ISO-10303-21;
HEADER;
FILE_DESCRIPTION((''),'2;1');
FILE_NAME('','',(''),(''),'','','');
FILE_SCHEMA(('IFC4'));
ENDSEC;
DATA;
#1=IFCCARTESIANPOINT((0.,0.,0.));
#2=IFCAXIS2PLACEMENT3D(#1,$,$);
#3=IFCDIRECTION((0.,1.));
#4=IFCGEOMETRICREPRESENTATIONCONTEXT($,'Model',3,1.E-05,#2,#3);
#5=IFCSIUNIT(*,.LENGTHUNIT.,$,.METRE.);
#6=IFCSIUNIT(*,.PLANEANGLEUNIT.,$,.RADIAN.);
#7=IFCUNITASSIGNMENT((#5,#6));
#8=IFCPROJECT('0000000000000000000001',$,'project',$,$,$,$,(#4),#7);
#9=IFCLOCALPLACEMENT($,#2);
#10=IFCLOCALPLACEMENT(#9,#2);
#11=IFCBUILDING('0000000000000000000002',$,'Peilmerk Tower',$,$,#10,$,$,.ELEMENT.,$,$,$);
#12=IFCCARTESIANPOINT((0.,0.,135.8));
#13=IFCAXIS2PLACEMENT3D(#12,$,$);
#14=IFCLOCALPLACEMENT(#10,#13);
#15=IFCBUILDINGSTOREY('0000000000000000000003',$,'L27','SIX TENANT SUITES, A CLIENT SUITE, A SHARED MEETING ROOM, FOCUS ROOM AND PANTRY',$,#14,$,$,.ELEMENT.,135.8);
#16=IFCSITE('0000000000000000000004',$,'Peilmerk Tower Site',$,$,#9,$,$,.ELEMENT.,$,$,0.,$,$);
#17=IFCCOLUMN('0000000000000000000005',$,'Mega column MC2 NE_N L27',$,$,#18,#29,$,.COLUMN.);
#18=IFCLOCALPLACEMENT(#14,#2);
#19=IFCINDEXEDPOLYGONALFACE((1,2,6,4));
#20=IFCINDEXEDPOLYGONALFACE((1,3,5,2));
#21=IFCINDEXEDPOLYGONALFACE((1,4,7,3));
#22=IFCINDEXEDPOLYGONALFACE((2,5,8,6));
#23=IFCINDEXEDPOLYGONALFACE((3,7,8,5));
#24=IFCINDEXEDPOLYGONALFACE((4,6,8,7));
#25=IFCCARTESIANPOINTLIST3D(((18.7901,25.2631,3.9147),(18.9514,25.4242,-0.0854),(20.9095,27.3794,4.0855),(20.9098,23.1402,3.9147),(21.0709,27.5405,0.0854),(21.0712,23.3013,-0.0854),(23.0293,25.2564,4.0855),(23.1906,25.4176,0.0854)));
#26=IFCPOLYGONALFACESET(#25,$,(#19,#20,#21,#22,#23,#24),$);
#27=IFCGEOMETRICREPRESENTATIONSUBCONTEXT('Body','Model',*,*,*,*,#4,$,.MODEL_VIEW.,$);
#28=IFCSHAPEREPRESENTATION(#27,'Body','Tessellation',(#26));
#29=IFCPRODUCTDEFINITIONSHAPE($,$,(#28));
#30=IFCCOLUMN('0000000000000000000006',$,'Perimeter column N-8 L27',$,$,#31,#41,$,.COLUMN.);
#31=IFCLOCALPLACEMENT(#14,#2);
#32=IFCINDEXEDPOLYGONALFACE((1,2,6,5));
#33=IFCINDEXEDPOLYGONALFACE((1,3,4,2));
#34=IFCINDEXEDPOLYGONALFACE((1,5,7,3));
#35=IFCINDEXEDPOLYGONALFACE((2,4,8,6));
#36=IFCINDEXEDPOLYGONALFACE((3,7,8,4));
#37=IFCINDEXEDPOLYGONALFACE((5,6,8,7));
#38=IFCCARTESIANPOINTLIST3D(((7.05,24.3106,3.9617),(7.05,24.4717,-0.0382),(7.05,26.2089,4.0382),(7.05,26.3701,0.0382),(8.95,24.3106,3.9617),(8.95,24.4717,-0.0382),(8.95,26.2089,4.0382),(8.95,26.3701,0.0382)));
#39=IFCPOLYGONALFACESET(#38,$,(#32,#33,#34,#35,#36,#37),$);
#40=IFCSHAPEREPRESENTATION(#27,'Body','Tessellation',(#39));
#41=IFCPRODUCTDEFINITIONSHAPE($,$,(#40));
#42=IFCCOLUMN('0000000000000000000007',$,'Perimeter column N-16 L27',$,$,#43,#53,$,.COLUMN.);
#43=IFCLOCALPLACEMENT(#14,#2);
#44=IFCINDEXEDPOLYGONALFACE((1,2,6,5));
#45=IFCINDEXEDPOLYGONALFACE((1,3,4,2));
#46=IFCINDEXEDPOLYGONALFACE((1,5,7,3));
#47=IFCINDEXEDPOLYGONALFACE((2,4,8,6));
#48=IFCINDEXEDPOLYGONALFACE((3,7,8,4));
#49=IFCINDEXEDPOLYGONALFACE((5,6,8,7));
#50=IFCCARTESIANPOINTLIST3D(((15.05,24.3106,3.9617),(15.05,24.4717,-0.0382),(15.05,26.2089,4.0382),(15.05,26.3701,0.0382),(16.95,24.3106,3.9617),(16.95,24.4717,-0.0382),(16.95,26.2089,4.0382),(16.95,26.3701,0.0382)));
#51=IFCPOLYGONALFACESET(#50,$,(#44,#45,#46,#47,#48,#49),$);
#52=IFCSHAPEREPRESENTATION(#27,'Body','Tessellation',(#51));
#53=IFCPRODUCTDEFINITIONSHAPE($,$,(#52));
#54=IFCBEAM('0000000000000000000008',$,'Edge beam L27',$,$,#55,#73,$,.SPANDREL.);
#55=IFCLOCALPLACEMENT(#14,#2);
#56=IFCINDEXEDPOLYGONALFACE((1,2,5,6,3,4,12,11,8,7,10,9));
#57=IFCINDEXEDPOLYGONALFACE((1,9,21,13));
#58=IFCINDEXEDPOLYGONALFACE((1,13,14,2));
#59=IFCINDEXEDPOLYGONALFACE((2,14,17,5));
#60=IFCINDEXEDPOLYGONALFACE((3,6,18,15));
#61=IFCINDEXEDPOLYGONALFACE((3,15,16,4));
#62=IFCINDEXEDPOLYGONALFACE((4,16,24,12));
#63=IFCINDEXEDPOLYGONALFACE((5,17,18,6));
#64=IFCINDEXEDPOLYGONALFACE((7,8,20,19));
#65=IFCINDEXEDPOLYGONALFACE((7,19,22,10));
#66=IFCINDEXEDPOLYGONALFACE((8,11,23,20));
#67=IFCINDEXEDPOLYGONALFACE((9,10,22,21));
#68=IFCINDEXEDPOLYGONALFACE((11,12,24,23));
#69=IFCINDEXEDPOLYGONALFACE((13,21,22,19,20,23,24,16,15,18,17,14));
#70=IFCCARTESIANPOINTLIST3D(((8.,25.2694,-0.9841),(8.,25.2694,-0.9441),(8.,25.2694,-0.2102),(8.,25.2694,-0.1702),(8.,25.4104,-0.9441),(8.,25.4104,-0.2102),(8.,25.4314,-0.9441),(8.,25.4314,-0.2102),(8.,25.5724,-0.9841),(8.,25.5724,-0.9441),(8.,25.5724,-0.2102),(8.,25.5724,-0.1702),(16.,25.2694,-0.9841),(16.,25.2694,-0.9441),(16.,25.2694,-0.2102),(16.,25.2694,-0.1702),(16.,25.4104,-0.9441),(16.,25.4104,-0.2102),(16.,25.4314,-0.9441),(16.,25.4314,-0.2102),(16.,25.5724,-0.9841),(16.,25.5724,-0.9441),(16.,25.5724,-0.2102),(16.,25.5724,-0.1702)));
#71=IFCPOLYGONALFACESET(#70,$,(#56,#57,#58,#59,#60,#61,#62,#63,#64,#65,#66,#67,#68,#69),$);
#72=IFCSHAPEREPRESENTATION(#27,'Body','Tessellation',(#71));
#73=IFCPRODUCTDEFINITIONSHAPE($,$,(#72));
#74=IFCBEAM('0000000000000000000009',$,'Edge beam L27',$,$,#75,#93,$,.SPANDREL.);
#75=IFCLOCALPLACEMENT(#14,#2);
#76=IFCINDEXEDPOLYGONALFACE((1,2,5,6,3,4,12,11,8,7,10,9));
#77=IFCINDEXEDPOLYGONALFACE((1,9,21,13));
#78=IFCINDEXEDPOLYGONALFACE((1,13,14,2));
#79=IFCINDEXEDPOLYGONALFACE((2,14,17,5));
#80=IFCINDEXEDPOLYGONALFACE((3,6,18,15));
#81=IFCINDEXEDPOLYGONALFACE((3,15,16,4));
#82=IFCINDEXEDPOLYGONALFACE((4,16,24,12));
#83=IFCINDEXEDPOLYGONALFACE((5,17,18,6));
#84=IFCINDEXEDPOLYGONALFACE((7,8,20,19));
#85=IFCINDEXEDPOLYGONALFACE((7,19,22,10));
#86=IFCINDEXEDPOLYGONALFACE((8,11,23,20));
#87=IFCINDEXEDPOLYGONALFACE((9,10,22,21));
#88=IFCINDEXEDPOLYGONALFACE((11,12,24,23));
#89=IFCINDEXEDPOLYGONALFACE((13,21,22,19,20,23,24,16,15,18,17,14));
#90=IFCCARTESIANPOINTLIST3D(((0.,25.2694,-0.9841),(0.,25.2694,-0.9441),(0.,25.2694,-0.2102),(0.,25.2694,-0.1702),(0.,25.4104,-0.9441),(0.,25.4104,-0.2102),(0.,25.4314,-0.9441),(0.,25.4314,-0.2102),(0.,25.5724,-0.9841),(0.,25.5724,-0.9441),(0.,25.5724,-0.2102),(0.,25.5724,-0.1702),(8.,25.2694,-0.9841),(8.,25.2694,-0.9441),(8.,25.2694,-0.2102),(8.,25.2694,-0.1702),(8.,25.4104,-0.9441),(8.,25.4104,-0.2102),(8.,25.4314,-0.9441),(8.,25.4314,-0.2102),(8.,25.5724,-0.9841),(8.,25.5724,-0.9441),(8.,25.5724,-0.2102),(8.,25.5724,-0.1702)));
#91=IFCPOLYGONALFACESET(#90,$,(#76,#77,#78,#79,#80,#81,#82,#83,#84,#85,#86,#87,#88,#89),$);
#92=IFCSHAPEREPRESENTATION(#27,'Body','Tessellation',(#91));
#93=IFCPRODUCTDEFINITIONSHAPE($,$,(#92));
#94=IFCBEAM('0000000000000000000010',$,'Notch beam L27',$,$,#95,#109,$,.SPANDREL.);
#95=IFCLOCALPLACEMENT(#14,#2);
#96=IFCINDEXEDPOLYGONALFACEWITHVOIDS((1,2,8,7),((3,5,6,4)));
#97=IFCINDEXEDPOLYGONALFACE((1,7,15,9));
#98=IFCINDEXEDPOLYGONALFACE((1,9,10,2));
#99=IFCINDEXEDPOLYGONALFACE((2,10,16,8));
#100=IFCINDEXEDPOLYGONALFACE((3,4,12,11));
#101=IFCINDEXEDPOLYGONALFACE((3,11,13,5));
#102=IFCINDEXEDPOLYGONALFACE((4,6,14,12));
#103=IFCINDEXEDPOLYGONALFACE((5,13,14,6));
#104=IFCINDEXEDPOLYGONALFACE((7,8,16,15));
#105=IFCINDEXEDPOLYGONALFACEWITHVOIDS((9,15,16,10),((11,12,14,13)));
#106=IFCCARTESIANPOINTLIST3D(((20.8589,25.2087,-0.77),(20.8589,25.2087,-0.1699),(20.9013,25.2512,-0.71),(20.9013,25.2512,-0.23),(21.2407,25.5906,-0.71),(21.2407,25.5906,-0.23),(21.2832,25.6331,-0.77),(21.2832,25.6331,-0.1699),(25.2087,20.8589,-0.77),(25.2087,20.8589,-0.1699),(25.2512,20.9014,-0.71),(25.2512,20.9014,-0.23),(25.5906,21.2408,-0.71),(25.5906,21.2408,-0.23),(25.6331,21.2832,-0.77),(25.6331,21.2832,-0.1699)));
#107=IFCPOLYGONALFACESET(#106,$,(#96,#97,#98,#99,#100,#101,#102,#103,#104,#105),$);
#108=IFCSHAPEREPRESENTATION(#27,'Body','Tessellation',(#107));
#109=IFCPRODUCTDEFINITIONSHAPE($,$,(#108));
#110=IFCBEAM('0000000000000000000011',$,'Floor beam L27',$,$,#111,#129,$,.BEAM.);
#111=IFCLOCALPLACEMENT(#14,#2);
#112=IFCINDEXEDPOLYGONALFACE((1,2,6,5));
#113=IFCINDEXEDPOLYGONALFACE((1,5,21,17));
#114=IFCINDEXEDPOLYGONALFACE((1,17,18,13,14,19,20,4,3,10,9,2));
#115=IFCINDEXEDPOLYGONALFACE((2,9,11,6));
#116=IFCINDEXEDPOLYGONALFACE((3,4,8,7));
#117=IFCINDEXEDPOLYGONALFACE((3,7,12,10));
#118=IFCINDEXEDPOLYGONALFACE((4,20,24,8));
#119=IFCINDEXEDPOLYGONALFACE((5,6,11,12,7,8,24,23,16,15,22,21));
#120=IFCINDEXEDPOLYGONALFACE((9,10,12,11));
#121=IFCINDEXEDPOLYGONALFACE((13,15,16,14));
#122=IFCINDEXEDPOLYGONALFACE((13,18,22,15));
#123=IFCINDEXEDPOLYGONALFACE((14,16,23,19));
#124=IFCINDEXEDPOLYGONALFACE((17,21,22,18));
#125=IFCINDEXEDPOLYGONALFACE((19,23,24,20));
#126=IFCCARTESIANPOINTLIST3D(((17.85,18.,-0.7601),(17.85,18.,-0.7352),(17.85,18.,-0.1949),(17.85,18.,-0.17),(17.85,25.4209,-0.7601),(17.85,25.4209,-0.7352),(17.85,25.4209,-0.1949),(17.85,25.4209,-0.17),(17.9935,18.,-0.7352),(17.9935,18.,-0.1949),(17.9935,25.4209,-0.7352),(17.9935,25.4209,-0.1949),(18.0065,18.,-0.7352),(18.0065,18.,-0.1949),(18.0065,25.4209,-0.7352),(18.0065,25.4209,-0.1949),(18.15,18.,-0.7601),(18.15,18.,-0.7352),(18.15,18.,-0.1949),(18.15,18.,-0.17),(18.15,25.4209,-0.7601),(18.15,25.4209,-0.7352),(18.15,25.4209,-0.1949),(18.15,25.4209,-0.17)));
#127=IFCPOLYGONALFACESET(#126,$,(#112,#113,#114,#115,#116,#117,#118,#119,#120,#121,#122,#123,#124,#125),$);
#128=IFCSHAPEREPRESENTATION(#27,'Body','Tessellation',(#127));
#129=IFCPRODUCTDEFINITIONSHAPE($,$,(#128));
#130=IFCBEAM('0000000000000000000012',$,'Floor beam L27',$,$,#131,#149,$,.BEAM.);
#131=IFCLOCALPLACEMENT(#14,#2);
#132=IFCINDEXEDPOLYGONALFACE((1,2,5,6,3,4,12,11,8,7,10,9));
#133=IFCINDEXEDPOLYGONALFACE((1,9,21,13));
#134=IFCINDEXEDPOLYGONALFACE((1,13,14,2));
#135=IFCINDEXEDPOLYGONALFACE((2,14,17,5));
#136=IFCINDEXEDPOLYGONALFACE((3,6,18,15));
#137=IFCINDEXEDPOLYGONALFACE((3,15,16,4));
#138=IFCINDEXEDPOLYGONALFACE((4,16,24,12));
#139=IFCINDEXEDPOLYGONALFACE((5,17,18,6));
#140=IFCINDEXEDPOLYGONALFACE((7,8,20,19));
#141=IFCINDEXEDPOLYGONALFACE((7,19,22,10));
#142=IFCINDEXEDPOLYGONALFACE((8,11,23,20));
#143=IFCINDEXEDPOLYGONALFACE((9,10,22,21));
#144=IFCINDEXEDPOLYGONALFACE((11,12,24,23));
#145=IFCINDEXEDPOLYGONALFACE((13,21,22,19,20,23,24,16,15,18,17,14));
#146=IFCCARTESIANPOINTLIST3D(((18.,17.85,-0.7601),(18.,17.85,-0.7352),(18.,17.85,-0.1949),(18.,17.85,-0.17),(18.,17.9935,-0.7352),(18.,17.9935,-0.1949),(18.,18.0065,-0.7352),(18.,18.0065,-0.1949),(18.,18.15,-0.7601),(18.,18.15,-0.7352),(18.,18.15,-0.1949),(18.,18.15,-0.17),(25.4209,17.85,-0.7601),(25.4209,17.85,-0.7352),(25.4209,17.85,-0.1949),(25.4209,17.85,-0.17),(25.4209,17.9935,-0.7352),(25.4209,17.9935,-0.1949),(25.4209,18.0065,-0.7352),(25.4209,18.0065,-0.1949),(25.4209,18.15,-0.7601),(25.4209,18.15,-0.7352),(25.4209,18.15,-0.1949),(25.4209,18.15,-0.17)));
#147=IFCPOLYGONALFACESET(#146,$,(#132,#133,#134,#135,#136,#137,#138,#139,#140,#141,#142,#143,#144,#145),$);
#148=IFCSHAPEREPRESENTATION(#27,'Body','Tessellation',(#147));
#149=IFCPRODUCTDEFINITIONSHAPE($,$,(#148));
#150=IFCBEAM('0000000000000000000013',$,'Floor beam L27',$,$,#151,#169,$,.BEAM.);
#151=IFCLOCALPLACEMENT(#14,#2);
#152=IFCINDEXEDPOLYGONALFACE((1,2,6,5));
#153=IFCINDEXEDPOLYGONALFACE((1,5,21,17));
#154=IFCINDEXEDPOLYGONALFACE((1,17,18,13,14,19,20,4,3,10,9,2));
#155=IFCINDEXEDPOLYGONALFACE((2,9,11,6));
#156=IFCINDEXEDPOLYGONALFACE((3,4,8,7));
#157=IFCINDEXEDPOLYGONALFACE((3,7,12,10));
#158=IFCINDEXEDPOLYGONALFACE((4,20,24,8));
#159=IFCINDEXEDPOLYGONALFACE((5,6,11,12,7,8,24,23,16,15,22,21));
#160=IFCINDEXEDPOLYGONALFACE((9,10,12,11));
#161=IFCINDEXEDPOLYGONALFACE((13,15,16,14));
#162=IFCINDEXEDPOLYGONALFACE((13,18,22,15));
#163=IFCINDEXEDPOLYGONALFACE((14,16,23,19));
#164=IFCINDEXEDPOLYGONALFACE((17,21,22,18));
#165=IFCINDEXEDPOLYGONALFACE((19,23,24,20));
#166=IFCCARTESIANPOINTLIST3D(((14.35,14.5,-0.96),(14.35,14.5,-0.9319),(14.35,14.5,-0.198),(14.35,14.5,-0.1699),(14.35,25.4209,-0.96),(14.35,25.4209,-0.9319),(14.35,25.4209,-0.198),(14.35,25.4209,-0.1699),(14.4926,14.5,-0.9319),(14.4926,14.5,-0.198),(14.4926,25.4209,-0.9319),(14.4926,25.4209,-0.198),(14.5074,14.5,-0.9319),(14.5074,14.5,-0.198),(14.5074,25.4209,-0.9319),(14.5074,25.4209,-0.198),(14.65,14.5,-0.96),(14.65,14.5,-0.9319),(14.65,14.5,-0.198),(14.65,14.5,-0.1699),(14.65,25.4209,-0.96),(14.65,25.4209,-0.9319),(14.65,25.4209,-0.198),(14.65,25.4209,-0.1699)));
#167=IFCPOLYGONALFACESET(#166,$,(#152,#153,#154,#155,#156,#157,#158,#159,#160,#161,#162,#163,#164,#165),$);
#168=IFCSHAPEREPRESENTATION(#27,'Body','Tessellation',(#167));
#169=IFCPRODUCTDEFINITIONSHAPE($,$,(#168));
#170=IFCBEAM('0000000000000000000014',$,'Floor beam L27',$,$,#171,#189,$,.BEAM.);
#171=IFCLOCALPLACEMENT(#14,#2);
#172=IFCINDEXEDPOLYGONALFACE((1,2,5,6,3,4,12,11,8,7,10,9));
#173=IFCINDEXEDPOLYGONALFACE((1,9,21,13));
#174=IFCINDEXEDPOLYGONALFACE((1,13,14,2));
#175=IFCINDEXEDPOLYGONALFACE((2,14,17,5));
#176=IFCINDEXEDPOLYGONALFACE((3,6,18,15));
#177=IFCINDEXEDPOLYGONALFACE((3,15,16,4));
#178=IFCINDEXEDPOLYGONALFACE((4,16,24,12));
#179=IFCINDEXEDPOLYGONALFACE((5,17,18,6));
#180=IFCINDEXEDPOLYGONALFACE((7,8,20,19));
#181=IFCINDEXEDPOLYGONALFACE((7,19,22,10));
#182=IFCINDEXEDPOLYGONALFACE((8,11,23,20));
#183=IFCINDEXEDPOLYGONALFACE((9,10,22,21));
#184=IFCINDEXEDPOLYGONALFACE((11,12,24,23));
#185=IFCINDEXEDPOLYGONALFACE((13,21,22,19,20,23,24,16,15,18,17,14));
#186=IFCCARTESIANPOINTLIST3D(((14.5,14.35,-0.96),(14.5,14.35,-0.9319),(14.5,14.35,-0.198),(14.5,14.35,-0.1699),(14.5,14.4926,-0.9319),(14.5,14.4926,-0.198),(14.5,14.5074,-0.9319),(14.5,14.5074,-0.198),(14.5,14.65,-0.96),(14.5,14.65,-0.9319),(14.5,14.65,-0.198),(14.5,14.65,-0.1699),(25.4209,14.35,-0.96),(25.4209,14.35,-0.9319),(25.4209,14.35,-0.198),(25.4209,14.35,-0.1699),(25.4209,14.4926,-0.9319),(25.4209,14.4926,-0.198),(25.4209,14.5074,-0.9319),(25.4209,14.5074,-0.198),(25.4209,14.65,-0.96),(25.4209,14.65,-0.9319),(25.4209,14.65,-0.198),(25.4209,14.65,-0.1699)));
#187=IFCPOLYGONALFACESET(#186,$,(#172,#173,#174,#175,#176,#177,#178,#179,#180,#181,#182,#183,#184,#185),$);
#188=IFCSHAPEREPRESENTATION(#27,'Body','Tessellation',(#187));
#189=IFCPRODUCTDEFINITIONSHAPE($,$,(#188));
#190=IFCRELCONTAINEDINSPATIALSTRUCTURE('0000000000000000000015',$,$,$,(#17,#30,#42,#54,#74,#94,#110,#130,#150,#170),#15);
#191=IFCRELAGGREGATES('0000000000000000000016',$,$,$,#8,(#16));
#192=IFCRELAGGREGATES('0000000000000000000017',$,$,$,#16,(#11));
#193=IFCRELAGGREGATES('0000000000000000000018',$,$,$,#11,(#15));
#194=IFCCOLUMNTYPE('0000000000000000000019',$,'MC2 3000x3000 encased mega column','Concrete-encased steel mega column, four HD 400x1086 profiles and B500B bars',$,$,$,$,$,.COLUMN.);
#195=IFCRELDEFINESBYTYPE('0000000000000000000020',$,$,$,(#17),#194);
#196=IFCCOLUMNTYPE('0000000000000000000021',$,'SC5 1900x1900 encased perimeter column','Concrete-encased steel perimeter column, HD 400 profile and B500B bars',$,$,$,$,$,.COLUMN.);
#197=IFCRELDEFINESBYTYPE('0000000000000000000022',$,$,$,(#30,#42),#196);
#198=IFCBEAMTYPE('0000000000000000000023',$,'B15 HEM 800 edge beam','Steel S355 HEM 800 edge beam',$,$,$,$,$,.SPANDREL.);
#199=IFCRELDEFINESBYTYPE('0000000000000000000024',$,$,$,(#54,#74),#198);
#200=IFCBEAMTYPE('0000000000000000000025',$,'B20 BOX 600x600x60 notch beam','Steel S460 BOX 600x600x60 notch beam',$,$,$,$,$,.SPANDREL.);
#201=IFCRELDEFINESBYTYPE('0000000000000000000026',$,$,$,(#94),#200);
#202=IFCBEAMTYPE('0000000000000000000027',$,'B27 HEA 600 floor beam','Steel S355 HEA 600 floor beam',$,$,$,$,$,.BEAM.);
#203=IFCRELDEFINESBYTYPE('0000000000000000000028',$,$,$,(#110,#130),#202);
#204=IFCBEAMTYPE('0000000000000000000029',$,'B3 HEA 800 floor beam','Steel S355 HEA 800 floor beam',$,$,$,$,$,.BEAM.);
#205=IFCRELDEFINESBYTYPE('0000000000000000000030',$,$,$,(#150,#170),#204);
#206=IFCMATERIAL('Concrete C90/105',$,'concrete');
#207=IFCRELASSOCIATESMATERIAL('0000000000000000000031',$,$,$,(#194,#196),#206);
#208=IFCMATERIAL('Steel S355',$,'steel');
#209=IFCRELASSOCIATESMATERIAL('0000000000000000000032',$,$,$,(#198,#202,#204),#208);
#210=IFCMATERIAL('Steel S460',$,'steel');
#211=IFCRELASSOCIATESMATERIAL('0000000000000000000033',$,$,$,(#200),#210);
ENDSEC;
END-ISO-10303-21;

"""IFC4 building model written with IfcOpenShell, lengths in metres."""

from ifc_helpers import new_model, si_unit, direction, frame, origin, origin_2d, place, context, subcontext, project, spatial, rectangle, hollow_rectangle, i_section, extrude, material, material_profile, profile_set, type_object, element, save


model = new_model("IFC4")

# Units and contexts
model_context = context("Model", 3, precision=1e-05, world=origin(), true_north=direction((0.0, 1.0)))
body_context = subcontext(model_context, "Body", "Model", "MODEL_VIEW")
ifc_project = project(units=[si_unit("LENGTHUNIT", "METRE"), si_unit("PLANEANGLEUNIT", "RADIAN")], contexts=[model_context])

# Site, building, storey
site_placement = place(None, origin())
site = spatial("IfcSite", under=ifc_project, at=site_placement, Name="Peilmerk Tower Site", CompositionType="ELEMENT", RefElevation=0.0)
building_placement = place(site_placement, origin())
building = spatial("IfcBuilding", under=site, at=building_placement, Name="Peilmerk Tower", CompositionType="ELEMENT")
storey_placement = place(building_placement, frame((0.0, 0.0, 135.8)))
storey = spatial("IfcBuildingStorey", under=building, at=storey_placement, Name="L27", Description="SIX TENANT SUITES, A CLIENT SUITE, A SHARED MEETING ROOM, FOCUS ROOM AND PANTRY", CompositionType="ELEMENT", Elevation=135.8)

# Columns
ifc_material_1 = material(Name="Concrete C90/105", Category="concrete")
ifc_material_profile_1 = material_profile(ifc_material_1, rectangle(XDim=3.0, YDim=3.0, at=origin_2d()), Name="RC 3000x3000")
ifc_profile_set_1 = profile_set([ifc_material_profile_1], Name="Concrete C90/105")
column_type_1 = type_object("IfcColumnType", Name="MC2 3000x3000 encased mega column", Description="Concrete-encased steel mega column, four HD 400x1086 profiles and B500B bars", PredefinedType="COLUMN", material=ifc_profile_set_1)
column_placement = place(storey_placement, frame((21.071, 25.4209, 0.0), z_axis=(-0.040279, -0.040218, 0.998379), x_axis=(0.706571, -0.707642, 0.0)))
element("IfcColumn", 1, at=column_placement, inside=storey, type_object=column_type_1, Name="Mega column MC2 NE_N L27", PredefinedType="COLUMN", context=body_context, shape_type="SweptSolid", body=[
    extrude(rectangle(XDim=3.0, YDim=3.0, at=origin_2d()), origin(), (0.0, 0.0, 1.0), 4.0066),
])
ifc_material_profile_2 = material_profile(ifc_material_1, rectangle(XDim=1.8999, YDim=1.8999, at=origin_2d()), Name="RC 1900x1900")
ifc_profile_set_2 = profile_set([ifc_material_profile_2], Name="Concrete C90/105")
column_type_2 = type_object("IfcColumnType", Name="SC5 1900x1900 encased perimeter column", Description="Concrete-encased steel perimeter column, HD 400 profile and B500B bars", PredefinedType="COLUMN", material=ifc_profile_set_2)
for number, where, z_axis, x_axis, name in (
    (2, (8.0, 25.4209, 0.0), (0.0, -0.040251, 0.99919), (1.0, 0.0, 0.0), "Perimeter column N-8 L27"),
    (3, (16.0, 25.4209, 0.0), (0.0, -0.040251, 0.99919), (1.0, 0.0, 0.0), "Perimeter column N-16 L27"),
):
    element("IfcColumn", number, at=place(storey_placement, frame(where, z_axis=z_axis, x_axis=x_axis)), inside=storey, type_object=column_type_2, Name=name, PredefinedType="COLUMN", context=body_context, shape_type="SweptSolid", body=[
        extrude(rectangle(XDim=1.8999, YDim=1.8999, at=origin_2d()), origin(), (0.0, 0.0, 1.0), 4.0032),
    ])

# Beams
ifc_material_2 = material(Name="Steel S355", Category="steel")
ifc_material_profile_3 = material_profile(ifc_material_2, i_section(OverallWidth=0.303, OverallDepth=0.814, WebThickness=0.021, FlangeThickness=0.04, at=origin_2d()), Name="HEM 800")
ifc_profile_set_3 = profile_set([ifc_material_profile_3], Name="Steel S355")
beam_type_1 = type_object("IfcBeamType", Name="B15 HEM 800 edge beam", Description="Steel S355 HEM 800 edge beam", PredefinedType="SPANDREL", material=ifc_profile_set_3)
for number, where, z_axis, x_axis, name in (
    (4, (16.0, 25.4209, -0.5771), (-1.0, 0.0, 0.0), (0.0, -1.0, 0.0), "Edge beam L27"),
    (5, (8.0, 25.4209, -0.5771), (-1.0, 0.0, 0.0), (0.0, -1.0, 0.0), "Edge beam L27"),
):
    element("IfcBeam", number, at=place(storey_placement, frame(where, z_axis=z_axis, x_axis=x_axis)), inside=storey, type_object=beam_type_1, Name=name, PredefinedType="SPANDREL", context=body_context, shape_type="SweptSolid", body=[
        extrude(i_section(OverallWidth=0.303, OverallDepth=0.814, WebThickness=0.021, FlangeThickness=0.04, at=origin_2d()), origin(), (0.0, 0.0, 1.0), 8.0),
    ])
ifc_material_3 = material(Name="Steel S460", Category="steel")
ifc_material_profile_4 = material_profile(ifc_material_3, hollow_rectangle(XDim=0.6001, YDim=0.6001, WallThickness=0.0601, at=origin_2d()), Name="BOX 600x600x60")
ifc_profile_set_4 = profile_set([ifc_material_profile_4], Name="Steel S460")
beam_type_2 = type_object("IfcBeamType", Name="B20 BOX 600x600x60 notch beam", Description="Steel S460 BOX 600x600x60 notch beam", PredefinedType="SPANDREL", material=ifc_profile_set_4)
beam_1_placement = place(storey_placement, frame((21.071, 25.4209, -0.47), z_axis=(0.707107, -0.707107, 0.0), x_axis=(0.707107, 0.707107, 0.0)))
element("IfcBeam", 6, at=beam_1_placement, inside=storey, type_object=beam_type_2, Name="Notch beam L27", PredefinedType="SPANDREL", context=body_context, shape_type="SweptSolid", body=[
    extrude(hollow_rectangle(XDim=0.6001, YDim=0.6001, WallThickness=0.0601, at=origin_2d()), origin(), (0.0, 0.0, 1.0), 6.1516),
])
ifc_material_profile_5 = material_profile(ifc_material_2, i_section(OverallWidth=0.3, OverallDepth=0.5901, WebThickness=0.0129, FlangeThickness=0.0249, at=origin_2d()), Name="HEA 600")
ifc_profile_set_5 = profile_set([ifc_material_profile_5], Name="Steel S355")
beam_type_3 = type_object("IfcBeamType", Name="B27 HEA 600 floor beam", Description="Steel S355 HEA 600 floor beam", PredefinedType="BEAM", material=ifc_profile_set_5)
for number, where, z_axis, x_axis, name in (
    (7, (18.0, 18.0, -0.4651), (0.0, 1.0, 0.0), (-1.0, 0.0, 0.0), "Floor beam L27"),
    (8, (18.0, 18.0, -0.4651), (1.0, 0.0, 0.0), (0.0, 1.0, 0.0), "Floor beam L27"),
):
    element("IfcBeam", number, at=place(storey_placement, frame(where, z_axis=z_axis, x_axis=x_axis)), inside=storey, type_object=beam_type_3, Name=name, PredefinedType="BEAM", context=body_context, shape_type="SweptSolid", body=[
        extrude(i_section(OverallWidth=0.3, OverallDepth=0.5901, WebThickness=0.0129, FlangeThickness=0.0249, at=origin_2d()), origin(), (0.0, 0.0, 1.0), 7.4209),
    ])
ifc_material_profile_6 = material_profile(ifc_material_2, i_section(OverallWidth=0.3, OverallDepth=0.79, WebThickness=0.0149, FlangeThickness=0.0281, at=origin_2d()), Name="HEA 800")
ifc_profile_set_6 = profile_set([ifc_material_profile_6], Name="Steel S355")
beam_type_4 = type_object("IfcBeamType", Name="B3 HEA 800 floor beam", Description="Steel S355 HEA 800 floor beam", PredefinedType="BEAM", material=ifc_profile_set_6)
for number, where, z_axis, x_axis, name in (
    (9, (14.5, 14.5, -0.5649), (0.0, 1.0, 0.0), (-1.0, 0.0, 0.0), "Floor beam L27"),
    (10, (14.5, 14.5, -0.5649), (1.0, 0.0, 0.0), (0.0, 1.0, 0.0), "Floor beam L27"),
):
    element("IfcBeam", number, at=place(storey_placement, frame(where, z_axis=z_axis, x_axis=x_axis)), inside=storey, type_object=beam_type_4, Name=name, PredefinedType="BEAM", context=body_context, shape_type="SweptSolid", body=[
        extrude(i_section(OverallWidth=0.3, OverallDepth=0.79, WebThickness=0.0149, FlangeThickness=0.0281, at=origin_2d()), origin(), (0.0, 0.0, 1.0), 10.9209),
    ])

save(model, "model.ifc")
